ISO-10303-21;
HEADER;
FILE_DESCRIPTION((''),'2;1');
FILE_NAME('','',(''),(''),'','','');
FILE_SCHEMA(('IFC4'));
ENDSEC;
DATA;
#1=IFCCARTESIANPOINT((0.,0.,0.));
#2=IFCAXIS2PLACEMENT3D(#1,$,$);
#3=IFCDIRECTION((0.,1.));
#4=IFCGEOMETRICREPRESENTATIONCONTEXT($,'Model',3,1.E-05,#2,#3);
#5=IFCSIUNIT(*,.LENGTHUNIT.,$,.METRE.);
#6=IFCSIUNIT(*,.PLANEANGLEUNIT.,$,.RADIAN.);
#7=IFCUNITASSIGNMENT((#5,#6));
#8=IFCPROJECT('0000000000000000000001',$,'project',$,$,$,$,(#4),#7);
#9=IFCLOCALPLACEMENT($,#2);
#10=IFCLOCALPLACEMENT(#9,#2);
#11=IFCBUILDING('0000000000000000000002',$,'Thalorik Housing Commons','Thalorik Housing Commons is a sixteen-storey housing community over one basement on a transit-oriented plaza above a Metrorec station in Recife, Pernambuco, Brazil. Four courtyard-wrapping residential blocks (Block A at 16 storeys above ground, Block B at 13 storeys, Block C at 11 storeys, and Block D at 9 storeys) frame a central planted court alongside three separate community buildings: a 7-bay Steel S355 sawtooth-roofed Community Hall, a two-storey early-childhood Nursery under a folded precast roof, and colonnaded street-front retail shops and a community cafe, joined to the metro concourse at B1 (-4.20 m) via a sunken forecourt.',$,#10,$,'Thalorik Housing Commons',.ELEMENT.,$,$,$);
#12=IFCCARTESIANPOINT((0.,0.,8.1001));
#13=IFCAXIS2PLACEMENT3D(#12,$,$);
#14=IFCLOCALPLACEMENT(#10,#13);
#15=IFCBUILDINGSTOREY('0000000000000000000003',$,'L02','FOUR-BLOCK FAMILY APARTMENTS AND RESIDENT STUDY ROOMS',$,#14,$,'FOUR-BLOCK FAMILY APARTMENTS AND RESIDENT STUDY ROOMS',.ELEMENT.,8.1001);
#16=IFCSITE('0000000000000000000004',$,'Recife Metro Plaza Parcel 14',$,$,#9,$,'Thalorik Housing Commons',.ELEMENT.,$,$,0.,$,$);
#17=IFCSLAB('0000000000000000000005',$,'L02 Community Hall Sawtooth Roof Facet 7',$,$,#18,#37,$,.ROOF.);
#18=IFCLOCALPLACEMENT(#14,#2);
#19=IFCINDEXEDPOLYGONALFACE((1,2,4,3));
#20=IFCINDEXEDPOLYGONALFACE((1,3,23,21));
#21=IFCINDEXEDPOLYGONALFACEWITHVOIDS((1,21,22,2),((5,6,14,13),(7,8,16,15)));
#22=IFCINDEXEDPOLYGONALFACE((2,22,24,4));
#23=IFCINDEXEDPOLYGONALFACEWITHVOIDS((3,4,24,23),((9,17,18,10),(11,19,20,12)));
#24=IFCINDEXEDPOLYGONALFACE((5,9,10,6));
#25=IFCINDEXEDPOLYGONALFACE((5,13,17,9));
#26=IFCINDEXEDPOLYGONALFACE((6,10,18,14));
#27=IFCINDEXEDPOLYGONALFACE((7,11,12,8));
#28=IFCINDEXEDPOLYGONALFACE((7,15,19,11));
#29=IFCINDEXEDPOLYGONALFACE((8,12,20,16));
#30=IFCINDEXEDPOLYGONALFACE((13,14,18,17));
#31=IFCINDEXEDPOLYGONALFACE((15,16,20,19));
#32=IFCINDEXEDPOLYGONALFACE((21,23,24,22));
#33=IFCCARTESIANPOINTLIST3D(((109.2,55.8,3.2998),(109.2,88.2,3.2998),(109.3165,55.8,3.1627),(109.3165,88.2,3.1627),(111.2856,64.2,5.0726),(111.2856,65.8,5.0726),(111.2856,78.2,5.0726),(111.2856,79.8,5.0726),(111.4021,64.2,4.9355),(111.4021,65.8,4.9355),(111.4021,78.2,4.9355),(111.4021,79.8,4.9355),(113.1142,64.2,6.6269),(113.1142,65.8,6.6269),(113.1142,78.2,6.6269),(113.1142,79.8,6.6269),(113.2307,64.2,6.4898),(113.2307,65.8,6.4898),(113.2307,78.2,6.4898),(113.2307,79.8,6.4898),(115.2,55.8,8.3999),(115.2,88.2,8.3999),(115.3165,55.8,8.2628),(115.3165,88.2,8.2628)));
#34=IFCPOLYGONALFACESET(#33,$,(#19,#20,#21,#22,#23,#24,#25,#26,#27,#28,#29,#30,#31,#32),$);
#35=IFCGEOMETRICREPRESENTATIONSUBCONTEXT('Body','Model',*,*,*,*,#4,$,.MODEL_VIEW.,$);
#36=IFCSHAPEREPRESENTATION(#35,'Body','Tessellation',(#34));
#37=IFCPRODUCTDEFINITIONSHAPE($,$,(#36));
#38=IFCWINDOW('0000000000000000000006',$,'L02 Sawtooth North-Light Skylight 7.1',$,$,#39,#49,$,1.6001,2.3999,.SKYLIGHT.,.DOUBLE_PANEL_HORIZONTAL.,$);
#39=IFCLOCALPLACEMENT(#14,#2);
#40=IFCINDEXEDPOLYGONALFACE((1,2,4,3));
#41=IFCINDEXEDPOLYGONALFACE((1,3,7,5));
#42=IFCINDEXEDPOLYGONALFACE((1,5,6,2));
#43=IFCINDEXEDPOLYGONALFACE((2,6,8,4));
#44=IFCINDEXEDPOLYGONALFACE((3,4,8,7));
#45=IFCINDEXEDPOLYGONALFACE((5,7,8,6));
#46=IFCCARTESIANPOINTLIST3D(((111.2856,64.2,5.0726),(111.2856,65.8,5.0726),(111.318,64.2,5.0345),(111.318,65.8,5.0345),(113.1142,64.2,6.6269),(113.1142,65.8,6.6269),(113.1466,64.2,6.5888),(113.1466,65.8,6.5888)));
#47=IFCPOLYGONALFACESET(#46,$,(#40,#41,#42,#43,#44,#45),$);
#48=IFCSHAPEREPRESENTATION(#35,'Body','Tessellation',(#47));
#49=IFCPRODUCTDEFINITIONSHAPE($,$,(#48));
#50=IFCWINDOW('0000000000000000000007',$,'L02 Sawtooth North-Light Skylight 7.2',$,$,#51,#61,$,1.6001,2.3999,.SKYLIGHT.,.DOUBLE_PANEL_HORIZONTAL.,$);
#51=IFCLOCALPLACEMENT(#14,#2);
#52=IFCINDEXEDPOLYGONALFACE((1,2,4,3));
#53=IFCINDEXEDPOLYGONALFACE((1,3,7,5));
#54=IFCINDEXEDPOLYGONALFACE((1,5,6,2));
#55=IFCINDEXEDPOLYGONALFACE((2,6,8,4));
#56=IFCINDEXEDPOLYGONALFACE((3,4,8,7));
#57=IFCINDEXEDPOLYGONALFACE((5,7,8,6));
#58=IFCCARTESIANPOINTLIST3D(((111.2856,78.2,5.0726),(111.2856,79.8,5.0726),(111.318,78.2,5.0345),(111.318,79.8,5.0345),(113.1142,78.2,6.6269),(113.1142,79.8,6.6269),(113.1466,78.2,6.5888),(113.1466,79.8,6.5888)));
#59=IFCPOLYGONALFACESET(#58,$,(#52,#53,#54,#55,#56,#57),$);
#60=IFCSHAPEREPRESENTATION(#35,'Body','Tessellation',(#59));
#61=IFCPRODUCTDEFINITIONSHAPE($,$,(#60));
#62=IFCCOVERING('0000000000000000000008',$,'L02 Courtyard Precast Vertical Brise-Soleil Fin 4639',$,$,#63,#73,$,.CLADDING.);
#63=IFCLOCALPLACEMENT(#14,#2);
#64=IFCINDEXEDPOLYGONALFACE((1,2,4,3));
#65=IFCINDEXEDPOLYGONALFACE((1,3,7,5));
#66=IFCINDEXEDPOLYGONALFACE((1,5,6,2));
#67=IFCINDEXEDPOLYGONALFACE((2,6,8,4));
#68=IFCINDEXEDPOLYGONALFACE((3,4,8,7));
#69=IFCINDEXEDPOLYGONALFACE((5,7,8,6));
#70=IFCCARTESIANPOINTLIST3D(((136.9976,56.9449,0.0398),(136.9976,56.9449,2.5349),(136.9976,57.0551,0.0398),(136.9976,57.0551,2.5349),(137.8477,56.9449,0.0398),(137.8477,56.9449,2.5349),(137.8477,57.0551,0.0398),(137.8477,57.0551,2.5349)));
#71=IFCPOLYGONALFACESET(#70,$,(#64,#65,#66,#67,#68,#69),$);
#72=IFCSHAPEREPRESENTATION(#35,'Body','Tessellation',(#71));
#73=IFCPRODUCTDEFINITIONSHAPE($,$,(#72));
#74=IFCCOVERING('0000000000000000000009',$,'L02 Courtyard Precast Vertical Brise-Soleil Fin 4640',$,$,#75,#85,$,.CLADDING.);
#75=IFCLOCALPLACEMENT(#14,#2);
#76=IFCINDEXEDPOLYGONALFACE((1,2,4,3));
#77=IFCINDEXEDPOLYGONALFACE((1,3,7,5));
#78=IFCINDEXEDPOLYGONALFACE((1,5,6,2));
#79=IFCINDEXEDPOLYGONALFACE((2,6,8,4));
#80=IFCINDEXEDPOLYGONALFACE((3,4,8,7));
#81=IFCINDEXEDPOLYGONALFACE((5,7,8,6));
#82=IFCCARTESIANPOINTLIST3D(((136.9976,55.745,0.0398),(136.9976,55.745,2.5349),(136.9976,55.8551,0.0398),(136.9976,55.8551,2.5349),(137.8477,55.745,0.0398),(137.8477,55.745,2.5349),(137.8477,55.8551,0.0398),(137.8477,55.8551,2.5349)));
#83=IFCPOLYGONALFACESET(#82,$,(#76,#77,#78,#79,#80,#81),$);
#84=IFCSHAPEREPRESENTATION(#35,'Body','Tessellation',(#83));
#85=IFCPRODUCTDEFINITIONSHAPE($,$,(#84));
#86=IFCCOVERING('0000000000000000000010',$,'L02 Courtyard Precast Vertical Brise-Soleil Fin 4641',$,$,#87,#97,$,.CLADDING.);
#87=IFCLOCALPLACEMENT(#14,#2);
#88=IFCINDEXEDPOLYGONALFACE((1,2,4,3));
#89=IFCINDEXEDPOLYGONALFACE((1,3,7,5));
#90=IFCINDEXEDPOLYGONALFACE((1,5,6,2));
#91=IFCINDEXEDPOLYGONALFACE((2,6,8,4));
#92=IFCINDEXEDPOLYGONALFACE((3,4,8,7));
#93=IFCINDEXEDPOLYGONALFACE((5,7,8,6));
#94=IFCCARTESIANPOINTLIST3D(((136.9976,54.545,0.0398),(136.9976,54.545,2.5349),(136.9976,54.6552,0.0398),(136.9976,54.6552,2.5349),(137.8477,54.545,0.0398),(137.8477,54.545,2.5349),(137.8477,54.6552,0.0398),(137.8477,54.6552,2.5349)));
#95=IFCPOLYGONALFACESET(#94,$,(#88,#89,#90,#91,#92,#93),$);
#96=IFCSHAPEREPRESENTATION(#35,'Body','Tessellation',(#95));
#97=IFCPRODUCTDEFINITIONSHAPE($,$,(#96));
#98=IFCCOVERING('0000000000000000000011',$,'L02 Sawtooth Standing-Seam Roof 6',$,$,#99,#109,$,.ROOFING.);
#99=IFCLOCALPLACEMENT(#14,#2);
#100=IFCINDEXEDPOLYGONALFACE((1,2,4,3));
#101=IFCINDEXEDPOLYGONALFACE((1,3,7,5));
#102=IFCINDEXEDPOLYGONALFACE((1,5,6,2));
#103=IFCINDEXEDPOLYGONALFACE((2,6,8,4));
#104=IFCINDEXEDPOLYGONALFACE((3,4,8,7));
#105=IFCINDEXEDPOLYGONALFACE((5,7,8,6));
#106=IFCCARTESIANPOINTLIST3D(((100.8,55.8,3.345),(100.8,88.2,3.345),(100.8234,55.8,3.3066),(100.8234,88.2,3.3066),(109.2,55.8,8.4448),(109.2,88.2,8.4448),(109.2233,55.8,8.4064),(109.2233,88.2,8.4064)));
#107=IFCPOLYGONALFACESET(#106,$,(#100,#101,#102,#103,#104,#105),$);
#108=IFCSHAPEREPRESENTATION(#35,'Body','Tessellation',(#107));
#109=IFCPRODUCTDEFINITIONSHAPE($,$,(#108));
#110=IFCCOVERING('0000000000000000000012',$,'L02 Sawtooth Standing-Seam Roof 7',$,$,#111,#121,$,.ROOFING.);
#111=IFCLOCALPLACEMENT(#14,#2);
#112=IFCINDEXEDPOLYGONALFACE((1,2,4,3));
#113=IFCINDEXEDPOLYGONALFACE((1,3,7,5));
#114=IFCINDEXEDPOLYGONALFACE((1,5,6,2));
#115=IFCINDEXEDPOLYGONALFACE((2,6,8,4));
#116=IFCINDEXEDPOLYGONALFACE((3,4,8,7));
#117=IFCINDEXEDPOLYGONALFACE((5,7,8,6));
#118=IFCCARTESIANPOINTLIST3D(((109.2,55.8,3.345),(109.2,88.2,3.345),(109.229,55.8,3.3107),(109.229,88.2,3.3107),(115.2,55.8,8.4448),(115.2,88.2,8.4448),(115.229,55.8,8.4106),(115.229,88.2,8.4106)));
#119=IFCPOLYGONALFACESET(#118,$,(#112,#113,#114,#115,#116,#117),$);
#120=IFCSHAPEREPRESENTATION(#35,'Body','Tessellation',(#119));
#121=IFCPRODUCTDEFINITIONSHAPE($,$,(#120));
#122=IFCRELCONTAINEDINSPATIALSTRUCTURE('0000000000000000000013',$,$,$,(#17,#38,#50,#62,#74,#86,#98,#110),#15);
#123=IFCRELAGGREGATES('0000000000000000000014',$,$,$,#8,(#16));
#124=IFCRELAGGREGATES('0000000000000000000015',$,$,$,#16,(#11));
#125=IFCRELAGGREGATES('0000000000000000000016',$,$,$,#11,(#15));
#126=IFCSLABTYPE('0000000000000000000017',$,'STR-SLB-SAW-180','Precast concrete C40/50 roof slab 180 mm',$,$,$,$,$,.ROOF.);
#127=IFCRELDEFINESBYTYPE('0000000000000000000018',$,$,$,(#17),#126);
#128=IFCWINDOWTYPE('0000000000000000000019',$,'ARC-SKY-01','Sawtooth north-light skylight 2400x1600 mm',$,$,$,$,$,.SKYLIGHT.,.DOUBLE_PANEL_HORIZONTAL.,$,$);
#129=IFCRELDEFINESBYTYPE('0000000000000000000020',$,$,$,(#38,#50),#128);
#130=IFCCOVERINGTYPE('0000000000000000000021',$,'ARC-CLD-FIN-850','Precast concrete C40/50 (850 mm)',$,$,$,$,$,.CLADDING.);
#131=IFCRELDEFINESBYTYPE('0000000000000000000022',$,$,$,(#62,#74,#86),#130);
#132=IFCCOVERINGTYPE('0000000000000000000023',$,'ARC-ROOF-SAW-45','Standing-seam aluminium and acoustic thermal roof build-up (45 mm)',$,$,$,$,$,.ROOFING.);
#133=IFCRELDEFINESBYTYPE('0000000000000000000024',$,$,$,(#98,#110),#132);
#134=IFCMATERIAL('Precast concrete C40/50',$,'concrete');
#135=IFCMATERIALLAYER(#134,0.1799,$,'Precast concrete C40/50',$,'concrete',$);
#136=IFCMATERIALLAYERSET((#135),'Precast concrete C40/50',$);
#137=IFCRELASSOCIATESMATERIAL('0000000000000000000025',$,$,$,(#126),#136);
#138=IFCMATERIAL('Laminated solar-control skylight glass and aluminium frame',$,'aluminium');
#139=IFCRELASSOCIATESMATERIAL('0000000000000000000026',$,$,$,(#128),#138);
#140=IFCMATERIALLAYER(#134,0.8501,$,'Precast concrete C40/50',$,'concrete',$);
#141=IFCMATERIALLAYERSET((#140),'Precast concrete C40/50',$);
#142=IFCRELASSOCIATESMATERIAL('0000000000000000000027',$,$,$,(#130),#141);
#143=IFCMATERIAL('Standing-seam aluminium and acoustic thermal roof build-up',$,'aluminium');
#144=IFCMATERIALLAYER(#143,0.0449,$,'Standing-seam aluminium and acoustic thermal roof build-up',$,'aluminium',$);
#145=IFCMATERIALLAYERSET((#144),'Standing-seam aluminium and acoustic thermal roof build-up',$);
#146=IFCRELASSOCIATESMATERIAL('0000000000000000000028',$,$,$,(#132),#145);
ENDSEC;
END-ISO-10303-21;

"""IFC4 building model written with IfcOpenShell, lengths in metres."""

from ifc_helpers import new_model, si_unit, direction, frame, origin, origin_2d, place, context, subcontext, project, spatial, polyline, rectangle, outline, extrude, material, layer, layer_set, type_object, element, fill, save


model = new_model("IFC4")

# Units and contexts
model_context = context("Model", 3, precision=1e-05, world=origin(), true_north=direction((0.0, 1.0)))
body_context = subcontext(model_context, "Body", "Model", "MODEL_VIEW")
ifc_project = project(units=[si_unit("LENGTHUNIT", "METRE"), si_unit("PLANEANGLEUNIT", "RADIAN")], contexts=[model_context])

# Site, building, storey
site_placement = place(None, origin())
site = spatial("IfcSite", under=ifc_project, at=site_placement, Name="Recife Metro Plaza Parcel 14", LongName="Thalorik Housing Commons", CompositionType="ELEMENT", RefElevation=0.0)
building_placement = place(site_placement, origin())
building = spatial("IfcBuilding", under=site, at=building_placement, Name="Thalorik Housing Commons", Description="Thalorik Housing Commons is a sixteen-storey housing community over one basement on a transit-oriented plaza above a Metrorec station in Recife, Pernambuco, Brazil. Four courtyard-wrapping residential blocks (Block A at 16 storeys above ground, Block B at 13 storeys, Block C at 11 storeys, and Block D at 9 storeys) frame a central planted court alongside three separate community buildings: a 7-bay Steel S355 sawtooth-roofed Community Hall, a two-storey early-childhood Nursery under a folded precast roof, and colonnaded street-front retail shops and a community cafe, joined to the metro concourse at B1 (-4.20 m) via a sunken forecourt.", LongName="Thalorik Housing Commons", CompositionType="ELEMENT")
storey_placement = place(building_placement, frame((0.0, 0.0, 8.1001)))
storey = spatial("IfcBuildingStorey", under=building, at=storey_placement, Name="L02", Description="FOUR-BLOCK FAMILY APARTMENTS AND RESIDENT STUDY ROOMS", LongName="FOUR-BLOCK FAMILY APARTMENTS AND RESIDENT STUDY ROOMS", CompositionType="ELEMENT", Elevation=8.1001)

# Slab, openings, windows
ifc_material_1 = material(Name="Precast concrete C40/50", Category="concrete")
ifc_layer_1 = layer(ifc_material_1, 0.1799, Name="Precast concrete C40/50", Category="concrete")
ifc_layer_set_1 = layer_set([ifc_layer_1], Name="Precast concrete C40/50")
slab_type = type_object("IfcSlabType", Name="STR-SLB-SAW-180", Description="Precast concrete C40/50 roof slab 180 mm", PredefinedType="ROOF", material=ifc_layer_set_1)
ifc_material_2 = material(Name="Laminated solar-control skylight glass and aluminium frame", Category="aluminium")
slab_1_placement = place(storey_placement, frame((109.2, 55.8, 3.2998), z_axis=(-0.647656, 0.0, 0.761933), x_axis=(0.761933, 0.0, 0.647656)))
slab_1 = element("IfcSlab", 1, at=slab_1_placement, inside=storey, type_object=slab_type, Name="L02 Community Hall Sawtooth Roof Facet 7", PredefinedType="ROOF", context=body_context, shape_type="SweptSolid", body=[
    extrude(outline(polyline([(0.0, 0.0), (7.8747, 0.0), (7.8747, 32.3999), (0.0, 32.3999), (0.0, 0.0)])), origin(), (0.0, 0.0, -1.0), 0.1799),
])
opening_1_placement = place(slab_1_placement, frame((3.9373, 9.2, 0.01), z_axis=(0.0, 0.0, -1.0), x_axis=(1.0, 0.0, 0.0)))
opening_1 = element("IfcOpeningElement", 2, at=opening_1_placement, cuts=slab_1, PredefinedType="OPENING", context=body_context, shape_type="SweptSolid", body=[
    extrude(rectangle(XDim=2.3999, YDim=1.6001, at=origin_2d()), origin(), (0.0, 0.0, 1.0), 0.2),
])
opening_2_placement = place(slab_1_placement, frame((3.9373, 23.2, 0.01), z_axis=(0.0, 0.0, -1.0), x_axis=(1.0, 0.0, 0.0)))
opening_2 = element("IfcOpeningElement", 3, at=opening_2_placement, cuts=slab_1, PredefinedType="OPENING", context=body_context, shape_type="SweptSolid", body=[
    extrude(rectangle(XDim=2.3999, YDim=1.6001, at=origin_2d()), origin(), (0.0, 0.0, 1.0), 0.2),
])
window_type_1 = type_object("IfcWindowType", Name="ARC-SKY-01", Description="Sawtooth north-light skylight 2400x1600 mm", PartitioningType="DOUBLE_PANEL_HORIZONTAL", PredefinedType="SKYLIGHT", material=ifc_material_2)
window_1_placement = place(opening_1_placement, frame((0.0, 0.0, 0.01)))
window_1 = element("IfcWindow", 4, at=window_1_placement, inside=storey, type_object=window_type_1, Name="L02 Sawtooth North-Light Skylight 7.1", OverallHeight=1.6001, OverallWidth=2.3999, PartitioningType="DOUBLE_PANEL_HORIZONTAL", PredefinedType="SKYLIGHT", context=body_context, shape_type="SweptSolid", body=[
    extrude(rectangle(XDim=2.3999, YDim=1.6001, at=origin_2d()), origin(), (0.0, 0.0, 1.0), 0.05),
])
fill(opening_1, window_1)
window_2_placement = place(opening_2_placement, frame((0.0, 0.0, 0.01)))
window_2 = element("IfcWindow", 5, at=window_2_placement, inside=storey, type_object=window_type_1, Name="L02 Sawtooth North-Light Skylight 7.2", OverallHeight=1.6001, OverallWidth=2.3999, PartitioningType="DOUBLE_PANEL_HORIZONTAL", PredefinedType="SKYLIGHT", context=body_context, shape_type="SweptSolid", body=[
    extrude(rectangle(XDim=2.3999, YDim=1.6001, at=origin_2d()), origin(), (0.0, 0.0, 1.0), 0.05),
])
fill(opening_2, window_2)

# Coverings
ifc_layer_2 = layer(ifc_material_1, 0.8501, Name="Precast concrete C40/50", Category="concrete")
ifc_layer_set_2 = layer_set([ifc_layer_2], Name="Precast concrete C40/50")
covering_type_1 = type_object("IfcCoveringType", Name="ARC-CLD-FIN-850", Description="Precast concrete C40/50 (850 mm)", PredefinedType="CLADDING", material=ifc_layer_set_2)
for number, where, z_axis, x_axis, name in (
    (6, (137.4226, 57.0, 0.0398), (0.0, 0.0, 1.0), (0.0, -1.0, 0.0), "L02 Courtyard Precast Vertical Brise-Soleil Fin 4639"),
    (7, (137.4226, 55.8, 0.0398), (0.0, 0.0, 1.0), (0.0, -1.0, 0.0), "L02 Courtyard Precast Vertical Brise-Soleil Fin 4640"),
    (8, (137.4226, 54.6001, 0.0398), (0.0, 0.0, 1.0), (0.0, -1.0, 0.0), "L02 Courtyard Precast Vertical Brise-Soleil Fin 4641"),
):
    element("IfcCovering", number, at=place(storey_placement, frame(where, z_axis=z_axis, x_axis=x_axis)), inside=storey, type_object=covering_type_1, Name=name, PredefinedType="CLADDING", context=body_context, shape_type="SweptSolid", body=[
        extrude(rectangle(XDim=0.1101, YDim=0.8501, at=origin_2d()), origin(), (0.0, 0.0, 1.0), 2.4951),
    ])
ifc_material_3 = material(Name="Standing-seam aluminium and acoustic thermal roof build-up", Category="aluminium")
ifc_layer_3 = layer(ifc_material_3, 0.0449, Name="Standing-seam aluminium and acoustic thermal roof build-up", Category="aluminium")
ifc_layer_set_3 = layer_set([ifc_layer_3], Name="Standing-seam aluminium and acoustic thermal roof build-up")
covering_type_2 = type_object("IfcCoveringType", Name="ARC-ROOF-SAW-45", Description="Standing-seam aluminium and acoustic thermal roof build-up (45 mm)", PredefinedType="ROOFING", material=ifc_layer_set_3)
covering_1_placement = place(storey_placement, frame((100.8, 55.8, 3.345), z_axis=(-0.518972, 0.0, 0.854791), x_axis=(0.854791, 0.0, 0.518972)))
element("IfcCovering", 9, at=covering_1_placement, inside=storey, type_object=covering_type_2, Name="L02 Sawtooth Standing-Seam Roof 6", PredefinedType="ROOFING", context=body_context, shape_type="SweptSolid", body=[
    extrude(outline(polyline([(0.0, 0.0), (9.8268, 0.0), (9.8268, 32.3999), (0.0, 32.3999), (0.0, 0.0)])), origin(), (0.0, 0.0, -1.0), 0.0449),
])
covering_2_placement = place(storey_placement, frame((109.2, 55.8, 3.345), z_axis=(-0.647638, 0.0, 0.761948), x_axis=(0.761948, 0.0, 0.647638)))
element("IfcCovering", 10, at=covering_2_placement, inside=storey, type_object=covering_type_2, Name="L02 Sawtooth Standing-Seam Roof 7", PredefinedType="ROOFING", context=body_context, shape_type="SweptSolid", body=[
    extrude(outline(polyline([(0.0, 0.0), (7.8745, 0.0), (7.8745, 32.3999), (0.0, 32.3999), (0.0, 0.0)])), origin(), (0.0, 0.0, -1.0), 0.0449),
])

save(model, "model.ifc")
